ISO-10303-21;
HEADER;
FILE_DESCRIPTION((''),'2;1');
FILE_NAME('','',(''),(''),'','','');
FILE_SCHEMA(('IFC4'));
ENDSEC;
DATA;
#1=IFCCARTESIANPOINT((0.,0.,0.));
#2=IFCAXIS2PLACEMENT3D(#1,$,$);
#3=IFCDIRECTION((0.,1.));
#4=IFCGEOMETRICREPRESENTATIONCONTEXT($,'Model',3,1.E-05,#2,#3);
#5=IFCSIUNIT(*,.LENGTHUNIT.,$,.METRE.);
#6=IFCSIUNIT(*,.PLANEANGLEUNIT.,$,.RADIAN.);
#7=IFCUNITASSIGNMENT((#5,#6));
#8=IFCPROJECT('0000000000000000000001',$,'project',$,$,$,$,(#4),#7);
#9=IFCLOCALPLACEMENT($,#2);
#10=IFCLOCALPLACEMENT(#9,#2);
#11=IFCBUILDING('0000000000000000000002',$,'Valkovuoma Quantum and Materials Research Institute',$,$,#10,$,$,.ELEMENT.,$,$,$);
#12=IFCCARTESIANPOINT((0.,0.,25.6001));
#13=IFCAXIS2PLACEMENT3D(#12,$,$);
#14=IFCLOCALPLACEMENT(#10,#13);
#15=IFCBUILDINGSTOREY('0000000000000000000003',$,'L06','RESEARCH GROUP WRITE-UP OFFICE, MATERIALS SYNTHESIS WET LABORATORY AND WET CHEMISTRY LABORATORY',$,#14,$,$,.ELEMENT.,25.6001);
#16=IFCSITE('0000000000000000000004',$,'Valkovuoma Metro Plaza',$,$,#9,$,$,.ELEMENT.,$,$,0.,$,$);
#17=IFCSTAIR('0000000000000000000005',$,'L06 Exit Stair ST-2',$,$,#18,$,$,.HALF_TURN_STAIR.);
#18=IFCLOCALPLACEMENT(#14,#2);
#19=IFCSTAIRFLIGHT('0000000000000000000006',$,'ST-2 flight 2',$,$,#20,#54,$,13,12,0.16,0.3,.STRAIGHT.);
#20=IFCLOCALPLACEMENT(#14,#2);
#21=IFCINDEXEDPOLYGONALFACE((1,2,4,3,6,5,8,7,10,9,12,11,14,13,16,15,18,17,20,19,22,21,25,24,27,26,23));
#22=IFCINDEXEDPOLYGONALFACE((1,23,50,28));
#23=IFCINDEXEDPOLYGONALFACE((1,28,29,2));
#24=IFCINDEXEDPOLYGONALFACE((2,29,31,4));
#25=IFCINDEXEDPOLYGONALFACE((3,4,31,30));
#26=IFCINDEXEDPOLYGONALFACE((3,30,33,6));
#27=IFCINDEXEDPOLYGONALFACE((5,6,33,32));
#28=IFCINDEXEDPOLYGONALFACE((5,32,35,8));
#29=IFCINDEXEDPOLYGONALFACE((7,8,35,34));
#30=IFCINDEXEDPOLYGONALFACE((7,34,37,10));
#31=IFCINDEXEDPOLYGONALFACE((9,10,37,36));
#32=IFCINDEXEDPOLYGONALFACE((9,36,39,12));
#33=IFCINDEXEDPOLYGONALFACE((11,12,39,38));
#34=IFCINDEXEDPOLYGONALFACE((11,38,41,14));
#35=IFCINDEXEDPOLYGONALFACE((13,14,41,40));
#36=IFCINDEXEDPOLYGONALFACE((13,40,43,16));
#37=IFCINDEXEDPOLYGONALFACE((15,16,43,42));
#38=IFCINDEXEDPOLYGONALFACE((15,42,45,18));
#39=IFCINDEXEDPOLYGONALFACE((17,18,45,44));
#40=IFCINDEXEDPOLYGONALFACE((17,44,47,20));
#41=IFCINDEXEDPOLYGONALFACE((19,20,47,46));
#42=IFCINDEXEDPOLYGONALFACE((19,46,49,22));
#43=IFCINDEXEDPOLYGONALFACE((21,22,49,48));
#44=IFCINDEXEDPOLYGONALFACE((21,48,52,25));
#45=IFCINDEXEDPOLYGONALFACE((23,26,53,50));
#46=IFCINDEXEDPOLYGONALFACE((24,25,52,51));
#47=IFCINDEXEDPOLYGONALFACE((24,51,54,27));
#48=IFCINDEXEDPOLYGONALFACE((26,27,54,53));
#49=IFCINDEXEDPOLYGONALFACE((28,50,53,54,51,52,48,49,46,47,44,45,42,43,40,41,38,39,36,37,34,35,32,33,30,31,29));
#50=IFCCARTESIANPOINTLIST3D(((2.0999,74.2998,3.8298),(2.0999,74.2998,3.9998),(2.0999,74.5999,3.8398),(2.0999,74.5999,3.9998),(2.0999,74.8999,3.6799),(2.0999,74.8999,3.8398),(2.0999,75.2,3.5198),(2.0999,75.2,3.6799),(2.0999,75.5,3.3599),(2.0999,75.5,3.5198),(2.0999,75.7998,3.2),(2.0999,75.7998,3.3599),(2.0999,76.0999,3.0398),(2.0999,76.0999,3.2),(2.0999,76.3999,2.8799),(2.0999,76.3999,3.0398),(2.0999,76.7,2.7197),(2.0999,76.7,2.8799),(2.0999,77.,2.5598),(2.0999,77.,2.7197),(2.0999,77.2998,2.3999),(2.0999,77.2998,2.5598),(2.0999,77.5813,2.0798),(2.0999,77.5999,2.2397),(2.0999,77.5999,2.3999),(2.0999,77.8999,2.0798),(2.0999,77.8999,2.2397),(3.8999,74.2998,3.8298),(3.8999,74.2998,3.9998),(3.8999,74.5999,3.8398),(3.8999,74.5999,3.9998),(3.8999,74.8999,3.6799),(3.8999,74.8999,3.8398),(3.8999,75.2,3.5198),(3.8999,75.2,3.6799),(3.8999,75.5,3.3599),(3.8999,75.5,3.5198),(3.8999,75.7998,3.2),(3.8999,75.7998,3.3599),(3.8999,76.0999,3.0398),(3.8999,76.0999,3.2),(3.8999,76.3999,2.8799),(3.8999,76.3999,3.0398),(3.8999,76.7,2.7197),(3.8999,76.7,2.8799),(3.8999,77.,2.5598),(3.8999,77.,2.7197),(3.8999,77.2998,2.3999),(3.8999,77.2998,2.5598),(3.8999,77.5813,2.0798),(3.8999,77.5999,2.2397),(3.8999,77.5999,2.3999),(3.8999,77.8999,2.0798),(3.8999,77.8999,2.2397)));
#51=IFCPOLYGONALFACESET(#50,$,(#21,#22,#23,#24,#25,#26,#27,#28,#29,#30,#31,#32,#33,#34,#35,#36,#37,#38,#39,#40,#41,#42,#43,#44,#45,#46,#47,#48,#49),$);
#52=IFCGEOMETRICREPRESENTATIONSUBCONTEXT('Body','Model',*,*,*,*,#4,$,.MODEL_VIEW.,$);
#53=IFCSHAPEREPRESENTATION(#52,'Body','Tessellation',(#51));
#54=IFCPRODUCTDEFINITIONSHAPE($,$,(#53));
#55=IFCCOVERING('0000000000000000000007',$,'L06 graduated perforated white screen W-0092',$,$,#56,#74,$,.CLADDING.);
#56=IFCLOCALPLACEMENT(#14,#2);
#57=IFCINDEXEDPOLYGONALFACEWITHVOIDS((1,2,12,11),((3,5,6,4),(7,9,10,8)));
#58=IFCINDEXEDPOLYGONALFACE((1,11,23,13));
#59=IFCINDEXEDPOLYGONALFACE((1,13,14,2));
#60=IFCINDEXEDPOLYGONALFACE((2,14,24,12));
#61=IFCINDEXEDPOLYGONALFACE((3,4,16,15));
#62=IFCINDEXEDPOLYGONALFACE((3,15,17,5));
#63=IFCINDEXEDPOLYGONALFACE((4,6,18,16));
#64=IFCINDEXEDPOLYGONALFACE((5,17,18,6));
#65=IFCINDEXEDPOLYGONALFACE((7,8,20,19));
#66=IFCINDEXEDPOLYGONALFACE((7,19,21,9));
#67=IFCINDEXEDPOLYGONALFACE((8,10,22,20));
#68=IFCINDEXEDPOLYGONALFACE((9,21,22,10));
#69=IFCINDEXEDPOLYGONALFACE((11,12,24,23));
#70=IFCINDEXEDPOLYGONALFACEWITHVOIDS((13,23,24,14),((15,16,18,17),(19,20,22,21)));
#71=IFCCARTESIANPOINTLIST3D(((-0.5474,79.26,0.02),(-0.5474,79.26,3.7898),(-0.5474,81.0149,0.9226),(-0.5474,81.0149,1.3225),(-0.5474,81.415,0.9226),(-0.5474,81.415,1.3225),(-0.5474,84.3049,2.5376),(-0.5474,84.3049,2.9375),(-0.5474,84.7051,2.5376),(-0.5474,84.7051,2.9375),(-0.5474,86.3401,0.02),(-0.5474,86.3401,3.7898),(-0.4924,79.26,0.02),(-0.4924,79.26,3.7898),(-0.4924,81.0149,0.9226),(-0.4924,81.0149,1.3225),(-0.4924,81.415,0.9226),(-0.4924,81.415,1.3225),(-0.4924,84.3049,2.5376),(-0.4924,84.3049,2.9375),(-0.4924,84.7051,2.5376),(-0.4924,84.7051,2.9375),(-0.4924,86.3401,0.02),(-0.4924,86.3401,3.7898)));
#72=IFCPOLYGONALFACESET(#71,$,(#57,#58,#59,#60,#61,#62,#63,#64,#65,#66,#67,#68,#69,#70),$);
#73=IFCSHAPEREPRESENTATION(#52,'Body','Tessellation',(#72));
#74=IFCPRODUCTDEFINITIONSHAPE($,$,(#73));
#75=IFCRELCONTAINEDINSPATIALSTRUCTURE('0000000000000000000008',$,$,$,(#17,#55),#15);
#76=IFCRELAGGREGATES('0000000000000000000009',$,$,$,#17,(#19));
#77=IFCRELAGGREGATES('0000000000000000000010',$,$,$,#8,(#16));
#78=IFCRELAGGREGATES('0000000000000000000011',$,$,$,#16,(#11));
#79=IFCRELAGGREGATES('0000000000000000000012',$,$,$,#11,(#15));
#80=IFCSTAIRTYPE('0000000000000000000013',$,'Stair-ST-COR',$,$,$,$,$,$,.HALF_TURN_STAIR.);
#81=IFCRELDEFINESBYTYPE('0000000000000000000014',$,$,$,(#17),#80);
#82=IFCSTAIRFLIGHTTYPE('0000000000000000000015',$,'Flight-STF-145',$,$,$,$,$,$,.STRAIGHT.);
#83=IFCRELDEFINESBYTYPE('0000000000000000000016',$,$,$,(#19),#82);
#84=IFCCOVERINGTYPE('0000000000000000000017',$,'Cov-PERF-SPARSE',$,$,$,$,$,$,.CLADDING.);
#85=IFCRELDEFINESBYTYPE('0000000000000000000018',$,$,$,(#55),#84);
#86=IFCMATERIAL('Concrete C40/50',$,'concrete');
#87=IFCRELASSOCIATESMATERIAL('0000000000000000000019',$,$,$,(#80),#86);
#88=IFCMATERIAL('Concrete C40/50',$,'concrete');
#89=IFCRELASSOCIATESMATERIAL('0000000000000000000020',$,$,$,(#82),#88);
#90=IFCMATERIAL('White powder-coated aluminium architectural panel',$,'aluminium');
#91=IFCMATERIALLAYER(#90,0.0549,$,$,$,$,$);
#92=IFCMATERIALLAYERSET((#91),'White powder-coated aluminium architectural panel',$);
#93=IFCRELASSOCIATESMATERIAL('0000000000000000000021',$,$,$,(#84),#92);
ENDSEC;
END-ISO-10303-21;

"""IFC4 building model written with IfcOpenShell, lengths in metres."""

from ifc_helpers import new_model, si_unit, direction, frame, origin, place, context, subcontext, project, spatial, polyline, outline, extrude, material, layer, layer_set, type_object, element, aggregate, save


model = new_model("IFC4")

# Units and contexts
model_context = context("Model", 3, precision=1e-05, world=origin(), true_north=direction((0.0, 1.0)))
body_context = subcontext(model_context, "Body", "Model", "MODEL_VIEW")
ifc_project = project(units=[si_unit("LENGTHUNIT", "METRE"), si_unit("PLANEANGLEUNIT", "RADIAN")], contexts=[model_context])

# Site, building, storey
site_placement = place(None, origin())
site = spatial("IfcSite", under=ifc_project, at=site_placement, Name="Valkovuoma Metro Plaza", CompositionType="ELEMENT", RefElevation=0.0)
building_placement = place(site_placement, origin())
building = spatial("IfcBuilding", under=site, at=building_placement, Name="Valkovuoma Quantum and Materials Research Institute", CompositionType="ELEMENT")
storey_placement = place(building_placement, frame((0.0, 0.0, 25.6001)))
storey = spatial("IfcBuildingStorey", under=building, at=storey_placement, Name="L06", Description="RESEARCH GROUP WRITE-UP OFFICE, MATERIALS SYNTHESIS WET LABORATORY AND WET CHEMISTRY LABORATORY", CompositionType="ELEMENT", Elevation=25.6001)

# Stair, stair flight
ifc_material_1 = material(Name="Concrete C40/50", Category="concrete")
stair_type = type_object("IfcStairType", Name="Stair-ST-COR", PredefinedType="HALF_TURN_STAIR", material=ifc_material_1)
stair_placement = place(storey_placement, origin())
stair = element("IfcStair", 1, at=stair_placement, inside=storey, type_object=stair_type, Name="L06 Exit Stair ST-2", PredefinedType="HALF_TURN_STAIR")
ifc_material_2 = material(Name="Concrete C40/50", Category="concrete")
stair_flight_type = type_object("IfcStairFlightType", Name="Flight-STF-145", PredefinedType="STRAIGHT", material=ifc_material_2)
stair_flight_1_placement = place(storey_placement, frame((3.0, 77.8999, 2.0798), z_axis=(0.0, 0.0, 1.0), x_axis=(0.0, -1.0, 0.0)))
stair_flight_1 = element("IfcStairFlight", 2, at=stair_flight_1_placement, type_object=stair_flight_type, Name="ST-2 flight 2", NumberOfRisers=13, NumberOfTreads=12, PredefinedType="STRAIGHT", RiserHeight=0.16, TreadLength=0.3, context=body_context, shape_type="SweptSolid", body=[
    extrude(outline(polyline([(0.0, 0.0), (0.0, 0.1599), (0.3, 0.1599), (0.3, 0.3201), (0.6001, 0.3201), (0.6001, 0.48), (0.8999, 0.48), (0.8999, 0.6399), (1.2, 0.6399), (1.2, 0.8), (1.5, 0.8), (1.5, 0.96), (1.8, 0.96), (1.8, 1.1201), (2.1001, 1.1201), (2.1001, 1.28), (2.3999, 1.28), (2.3999, 1.4399), (2.7, 1.4399), (2.7, 1.6001), (3.0, 1.6001), (3.0, 1.76), (3.3, 1.76), (3.3, 1.9199), (3.6001, 1.9199), (3.6001, 2.0801), (3.6001, 1.75), (0.3186, 0.0), (0.0, 0.0)])), frame((0.0, 0.8999, 0.0), z_axis=(0.0, -1.0, 0.0), x_axis=(1.0, 0.0, 0.0)), (0.0, 0.0, 1.0), 1.8),
])
aggregate(stair, [stair_flight_1])

# Covering
ifc_material_3 = material(Name="White powder-coated aluminium architectural panel", Category="aluminium")
ifc_layer_1 = layer(ifc_material_3, 0.0549)
ifc_layer_set_1 = layer_set([ifc_layer_1], Name="White powder-coated aluminium architectural panel")
covering_type = type_object("IfcCoveringType", Name="Cov-PERF-SPARSE", PredefinedType="CLADDING", material=ifc_layer_set_1)
covering_placement = place(storey_placement, frame((-0.52, 79.26, 0.02), z_axis=(0.0, 0.0, 1.0), x_axis=(0.0, 1.0, 0.0)))
element("IfcCovering", 3, at=covering_placement, inside=storey, type_object=covering_type, Name="L06 graduated perforated white screen W-0092", PredefinedType="CLADDING", context=body_context, shape_type="SweptSolid", body=[
    extrude(outline(polyline([(0.0, 0.0), (7.0801, 0.0), (7.0801, 3.7698), (0.0, 3.7698), (0.0, 0.0)]), holes=[polyline([(1.7549, 0.9026), (1.7549, 1.3025), (2.155, 1.3025), (2.155, 0.9026), (1.7549, 0.9026)]), polyline([(5.0449, 2.5176), (5.0449, 2.9175), (5.4451, 2.9175), (5.4451, 2.5176), (5.0449, 2.5176)])]), frame((0.0, 0.0273, 0.0), z_axis=(0.0, -1.0, 0.0), x_axis=(1.0, 0.0, 0.0)), (0.0, 0.0, 1.0), 0.0549),
])

save(model, "model.ifc")
